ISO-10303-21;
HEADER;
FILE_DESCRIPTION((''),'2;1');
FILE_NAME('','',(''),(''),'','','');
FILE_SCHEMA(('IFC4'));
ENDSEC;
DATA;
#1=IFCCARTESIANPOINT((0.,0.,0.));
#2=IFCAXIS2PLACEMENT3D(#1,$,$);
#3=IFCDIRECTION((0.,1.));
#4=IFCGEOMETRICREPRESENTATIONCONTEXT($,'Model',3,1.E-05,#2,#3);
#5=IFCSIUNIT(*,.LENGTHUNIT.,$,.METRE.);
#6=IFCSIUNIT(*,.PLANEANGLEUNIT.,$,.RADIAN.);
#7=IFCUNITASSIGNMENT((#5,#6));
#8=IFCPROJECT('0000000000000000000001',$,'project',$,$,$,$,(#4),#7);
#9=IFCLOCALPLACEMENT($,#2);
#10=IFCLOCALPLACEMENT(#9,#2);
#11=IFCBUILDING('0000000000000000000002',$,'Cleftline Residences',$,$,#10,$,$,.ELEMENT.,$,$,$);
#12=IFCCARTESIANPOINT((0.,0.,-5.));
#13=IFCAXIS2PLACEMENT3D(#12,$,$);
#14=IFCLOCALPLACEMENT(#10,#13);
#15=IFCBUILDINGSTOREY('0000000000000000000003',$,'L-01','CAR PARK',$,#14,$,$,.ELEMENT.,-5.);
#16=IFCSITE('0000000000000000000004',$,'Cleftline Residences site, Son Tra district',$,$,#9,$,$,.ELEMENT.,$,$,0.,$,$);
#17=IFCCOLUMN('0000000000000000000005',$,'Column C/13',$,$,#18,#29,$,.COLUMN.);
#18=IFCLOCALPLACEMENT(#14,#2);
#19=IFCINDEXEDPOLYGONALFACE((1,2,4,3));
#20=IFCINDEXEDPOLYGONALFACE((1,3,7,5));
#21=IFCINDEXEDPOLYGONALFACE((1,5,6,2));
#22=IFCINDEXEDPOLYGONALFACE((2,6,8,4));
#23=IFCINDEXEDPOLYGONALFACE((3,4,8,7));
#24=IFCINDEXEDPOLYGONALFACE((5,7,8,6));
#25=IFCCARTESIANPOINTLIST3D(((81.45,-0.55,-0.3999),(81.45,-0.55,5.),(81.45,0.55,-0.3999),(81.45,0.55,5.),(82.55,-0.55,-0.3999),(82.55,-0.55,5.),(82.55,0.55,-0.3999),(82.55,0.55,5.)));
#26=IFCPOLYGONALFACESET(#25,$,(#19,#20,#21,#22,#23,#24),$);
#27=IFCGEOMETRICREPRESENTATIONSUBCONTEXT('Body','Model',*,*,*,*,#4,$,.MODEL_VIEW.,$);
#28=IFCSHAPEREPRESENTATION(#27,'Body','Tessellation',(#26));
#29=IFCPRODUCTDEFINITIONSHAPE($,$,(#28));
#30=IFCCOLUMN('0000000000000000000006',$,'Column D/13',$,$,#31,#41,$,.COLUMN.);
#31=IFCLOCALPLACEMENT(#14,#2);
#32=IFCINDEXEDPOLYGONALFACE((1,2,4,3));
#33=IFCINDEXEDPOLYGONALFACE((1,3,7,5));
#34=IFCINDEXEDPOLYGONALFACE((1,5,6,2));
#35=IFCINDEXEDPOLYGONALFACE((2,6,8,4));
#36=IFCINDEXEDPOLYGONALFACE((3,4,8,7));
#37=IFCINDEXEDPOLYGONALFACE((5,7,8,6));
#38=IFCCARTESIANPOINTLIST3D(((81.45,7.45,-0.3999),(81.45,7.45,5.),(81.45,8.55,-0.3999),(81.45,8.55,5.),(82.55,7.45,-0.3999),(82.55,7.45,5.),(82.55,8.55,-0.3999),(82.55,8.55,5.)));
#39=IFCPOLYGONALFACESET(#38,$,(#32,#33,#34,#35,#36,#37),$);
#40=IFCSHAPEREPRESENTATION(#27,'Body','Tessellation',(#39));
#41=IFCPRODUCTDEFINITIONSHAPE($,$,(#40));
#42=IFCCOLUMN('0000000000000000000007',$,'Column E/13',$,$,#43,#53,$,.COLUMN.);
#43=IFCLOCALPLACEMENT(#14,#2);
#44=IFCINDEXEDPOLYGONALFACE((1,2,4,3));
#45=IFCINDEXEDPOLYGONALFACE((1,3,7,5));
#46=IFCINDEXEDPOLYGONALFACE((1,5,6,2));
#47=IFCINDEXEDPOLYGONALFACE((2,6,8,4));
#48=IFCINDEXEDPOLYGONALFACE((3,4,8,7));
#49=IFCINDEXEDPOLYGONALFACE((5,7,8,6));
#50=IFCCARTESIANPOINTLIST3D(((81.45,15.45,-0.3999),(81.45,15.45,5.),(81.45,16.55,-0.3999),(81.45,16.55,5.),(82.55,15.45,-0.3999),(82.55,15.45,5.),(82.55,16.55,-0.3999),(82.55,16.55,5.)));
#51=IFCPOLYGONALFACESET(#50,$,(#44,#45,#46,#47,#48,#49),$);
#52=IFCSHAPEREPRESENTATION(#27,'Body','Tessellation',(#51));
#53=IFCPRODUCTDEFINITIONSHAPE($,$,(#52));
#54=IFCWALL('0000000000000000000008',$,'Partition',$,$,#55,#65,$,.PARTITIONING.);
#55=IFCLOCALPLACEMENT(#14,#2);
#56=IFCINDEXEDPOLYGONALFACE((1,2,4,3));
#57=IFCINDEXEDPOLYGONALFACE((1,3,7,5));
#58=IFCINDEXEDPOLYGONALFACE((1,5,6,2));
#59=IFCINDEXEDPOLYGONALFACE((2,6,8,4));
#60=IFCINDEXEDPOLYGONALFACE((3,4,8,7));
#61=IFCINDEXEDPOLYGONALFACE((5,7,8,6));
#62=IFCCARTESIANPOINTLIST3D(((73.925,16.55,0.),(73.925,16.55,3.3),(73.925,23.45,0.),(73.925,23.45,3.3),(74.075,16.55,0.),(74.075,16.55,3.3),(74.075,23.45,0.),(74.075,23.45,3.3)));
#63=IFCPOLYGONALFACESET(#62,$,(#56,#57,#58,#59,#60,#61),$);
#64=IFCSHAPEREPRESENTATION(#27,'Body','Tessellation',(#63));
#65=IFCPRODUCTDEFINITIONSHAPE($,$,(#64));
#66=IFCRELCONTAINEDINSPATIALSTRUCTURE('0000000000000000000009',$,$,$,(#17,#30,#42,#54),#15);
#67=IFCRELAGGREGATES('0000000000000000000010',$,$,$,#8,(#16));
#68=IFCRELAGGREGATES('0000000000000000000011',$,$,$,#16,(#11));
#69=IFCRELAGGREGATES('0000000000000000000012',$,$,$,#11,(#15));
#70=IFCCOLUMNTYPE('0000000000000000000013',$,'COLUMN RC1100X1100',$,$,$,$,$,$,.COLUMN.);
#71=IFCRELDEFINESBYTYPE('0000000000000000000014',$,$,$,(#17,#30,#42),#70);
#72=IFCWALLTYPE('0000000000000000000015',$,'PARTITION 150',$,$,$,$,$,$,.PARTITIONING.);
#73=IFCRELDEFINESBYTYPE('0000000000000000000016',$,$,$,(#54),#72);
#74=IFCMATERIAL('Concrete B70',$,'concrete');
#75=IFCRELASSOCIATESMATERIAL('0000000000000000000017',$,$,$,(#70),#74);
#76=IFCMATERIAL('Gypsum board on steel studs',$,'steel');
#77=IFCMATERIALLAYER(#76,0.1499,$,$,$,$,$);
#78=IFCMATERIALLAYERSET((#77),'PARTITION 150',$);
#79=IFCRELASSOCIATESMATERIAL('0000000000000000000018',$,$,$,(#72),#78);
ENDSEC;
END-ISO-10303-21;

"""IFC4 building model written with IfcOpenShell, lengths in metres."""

from ifc_helpers import new_model, si_unit, direction, frame, frame_2d, origin, origin_2d, place, context, subcontext, project, spatial, rectangle, extrude, material, layer, layer_set, material_profile, profile_set, type_object, element, save


model = new_model("IFC4")

# Units and contexts
model_context = context("Model", 3, precision=1e-05, world=origin(), true_north=direction((0.0, 1.0)))
body_context = subcontext(model_context, "Body", "Model", "MODEL_VIEW")
ifc_project = project(units=[si_unit("LENGTHUNIT", "METRE"), si_unit("PLANEANGLEUNIT", "RADIAN")], contexts=[model_context])

# Site, building, storey
site_placement = place(None, origin())
site = spatial("IfcSite", under=ifc_project, at=site_placement, Name="Cleftline Residences site, Son Tra district", CompositionType="ELEMENT", RefElevation=0.0)
building_placement = place(site_placement, origin())
building = spatial("IfcBuilding", under=site, at=building_placement, Name="Cleftline Residences", CompositionType="ELEMENT")
storey_placement = place(building_placement, frame((0.0, 0.0, -5.0)))
storey = spatial("IfcBuildingStorey", under=building, at=storey_placement, Name="L-01", Description="CAR PARK", CompositionType="ELEMENT", Elevation=-5.0)

# Columns
ifc_material_1 = material(Name="Concrete B70", Category="concrete")
ifc_material_profile_1 = material_profile(ifc_material_1, rectangle(XDim=1.1001, YDim=1.1001, at=origin_2d()))
ifc_profile_set_1 = profile_set([ifc_material_profile_1], Name="Concrete B70")
column_type = type_object("IfcColumnType", Name="COLUMN RC1100X1100", PredefinedType="COLUMN", material=ifc_profile_set_1)
for number, where, z_axis, x_axis, name in (
    (1, (82.0, 0.0, -0.3999), (0.0, 0.0, 1.0), (1.0, 0.0, 0.0), "Column C/13"),
    (2, (82.0, 8.0, -0.3999), (0.0, 0.0, 1.0), (1.0, 0.0, 0.0), "Column D/13"),
    (3, (82.0, 16.0, -0.3999), (0.0, 0.0, 1.0), (1.0, 0.0, 0.0), "Column E/13"),
):
    element("IfcColumn", number, at=place(storey_placement, frame(where, z_axis=z_axis, x_axis=x_axis)), inside=storey, type_object=column_type, Name=name, PredefinedType="COLUMN", context=body_context, shape_type="SweptSolid", body=[
        extrude(rectangle(XDim=1.1001, YDim=1.1001, at=origin_2d()), origin(), (0.0, 0.0, 1.0), 5.3999),
    ])

# Wall
ifc_material_2 = material(Name="Gypsum board on steel studs", Category="steel")
ifc_layer = layer(ifc_material_2, 0.1499)
ifc_layer_set = layer_set([ifc_layer], Name="PARTITION 150")
wall_type = type_object("IfcWallType", Name="PARTITION 150", PredefinedType="PARTITIONING", material=ifc_layer_set)
wall_placement = place(storey_placement, frame((74.0, 16.55, 0.0), z_axis=(0.0, 0.0, 1.0), x_axis=(0.0, 1.0, 0.0)))
element("IfcWall", 4, at=wall_placement, inside=storey, type_object=wall_type, Name="Partition", PredefinedType="PARTITIONING", context=body_context, shape_type="SweptSolid", body=[
    extrude(rectangle(XDim=6.8999, YDim=0.1499, at=frame_2d((3.45, 0.0))), origin(), (0.0, 0.0, 1.0), 3.3),
])

save(model, "model.ifc")
